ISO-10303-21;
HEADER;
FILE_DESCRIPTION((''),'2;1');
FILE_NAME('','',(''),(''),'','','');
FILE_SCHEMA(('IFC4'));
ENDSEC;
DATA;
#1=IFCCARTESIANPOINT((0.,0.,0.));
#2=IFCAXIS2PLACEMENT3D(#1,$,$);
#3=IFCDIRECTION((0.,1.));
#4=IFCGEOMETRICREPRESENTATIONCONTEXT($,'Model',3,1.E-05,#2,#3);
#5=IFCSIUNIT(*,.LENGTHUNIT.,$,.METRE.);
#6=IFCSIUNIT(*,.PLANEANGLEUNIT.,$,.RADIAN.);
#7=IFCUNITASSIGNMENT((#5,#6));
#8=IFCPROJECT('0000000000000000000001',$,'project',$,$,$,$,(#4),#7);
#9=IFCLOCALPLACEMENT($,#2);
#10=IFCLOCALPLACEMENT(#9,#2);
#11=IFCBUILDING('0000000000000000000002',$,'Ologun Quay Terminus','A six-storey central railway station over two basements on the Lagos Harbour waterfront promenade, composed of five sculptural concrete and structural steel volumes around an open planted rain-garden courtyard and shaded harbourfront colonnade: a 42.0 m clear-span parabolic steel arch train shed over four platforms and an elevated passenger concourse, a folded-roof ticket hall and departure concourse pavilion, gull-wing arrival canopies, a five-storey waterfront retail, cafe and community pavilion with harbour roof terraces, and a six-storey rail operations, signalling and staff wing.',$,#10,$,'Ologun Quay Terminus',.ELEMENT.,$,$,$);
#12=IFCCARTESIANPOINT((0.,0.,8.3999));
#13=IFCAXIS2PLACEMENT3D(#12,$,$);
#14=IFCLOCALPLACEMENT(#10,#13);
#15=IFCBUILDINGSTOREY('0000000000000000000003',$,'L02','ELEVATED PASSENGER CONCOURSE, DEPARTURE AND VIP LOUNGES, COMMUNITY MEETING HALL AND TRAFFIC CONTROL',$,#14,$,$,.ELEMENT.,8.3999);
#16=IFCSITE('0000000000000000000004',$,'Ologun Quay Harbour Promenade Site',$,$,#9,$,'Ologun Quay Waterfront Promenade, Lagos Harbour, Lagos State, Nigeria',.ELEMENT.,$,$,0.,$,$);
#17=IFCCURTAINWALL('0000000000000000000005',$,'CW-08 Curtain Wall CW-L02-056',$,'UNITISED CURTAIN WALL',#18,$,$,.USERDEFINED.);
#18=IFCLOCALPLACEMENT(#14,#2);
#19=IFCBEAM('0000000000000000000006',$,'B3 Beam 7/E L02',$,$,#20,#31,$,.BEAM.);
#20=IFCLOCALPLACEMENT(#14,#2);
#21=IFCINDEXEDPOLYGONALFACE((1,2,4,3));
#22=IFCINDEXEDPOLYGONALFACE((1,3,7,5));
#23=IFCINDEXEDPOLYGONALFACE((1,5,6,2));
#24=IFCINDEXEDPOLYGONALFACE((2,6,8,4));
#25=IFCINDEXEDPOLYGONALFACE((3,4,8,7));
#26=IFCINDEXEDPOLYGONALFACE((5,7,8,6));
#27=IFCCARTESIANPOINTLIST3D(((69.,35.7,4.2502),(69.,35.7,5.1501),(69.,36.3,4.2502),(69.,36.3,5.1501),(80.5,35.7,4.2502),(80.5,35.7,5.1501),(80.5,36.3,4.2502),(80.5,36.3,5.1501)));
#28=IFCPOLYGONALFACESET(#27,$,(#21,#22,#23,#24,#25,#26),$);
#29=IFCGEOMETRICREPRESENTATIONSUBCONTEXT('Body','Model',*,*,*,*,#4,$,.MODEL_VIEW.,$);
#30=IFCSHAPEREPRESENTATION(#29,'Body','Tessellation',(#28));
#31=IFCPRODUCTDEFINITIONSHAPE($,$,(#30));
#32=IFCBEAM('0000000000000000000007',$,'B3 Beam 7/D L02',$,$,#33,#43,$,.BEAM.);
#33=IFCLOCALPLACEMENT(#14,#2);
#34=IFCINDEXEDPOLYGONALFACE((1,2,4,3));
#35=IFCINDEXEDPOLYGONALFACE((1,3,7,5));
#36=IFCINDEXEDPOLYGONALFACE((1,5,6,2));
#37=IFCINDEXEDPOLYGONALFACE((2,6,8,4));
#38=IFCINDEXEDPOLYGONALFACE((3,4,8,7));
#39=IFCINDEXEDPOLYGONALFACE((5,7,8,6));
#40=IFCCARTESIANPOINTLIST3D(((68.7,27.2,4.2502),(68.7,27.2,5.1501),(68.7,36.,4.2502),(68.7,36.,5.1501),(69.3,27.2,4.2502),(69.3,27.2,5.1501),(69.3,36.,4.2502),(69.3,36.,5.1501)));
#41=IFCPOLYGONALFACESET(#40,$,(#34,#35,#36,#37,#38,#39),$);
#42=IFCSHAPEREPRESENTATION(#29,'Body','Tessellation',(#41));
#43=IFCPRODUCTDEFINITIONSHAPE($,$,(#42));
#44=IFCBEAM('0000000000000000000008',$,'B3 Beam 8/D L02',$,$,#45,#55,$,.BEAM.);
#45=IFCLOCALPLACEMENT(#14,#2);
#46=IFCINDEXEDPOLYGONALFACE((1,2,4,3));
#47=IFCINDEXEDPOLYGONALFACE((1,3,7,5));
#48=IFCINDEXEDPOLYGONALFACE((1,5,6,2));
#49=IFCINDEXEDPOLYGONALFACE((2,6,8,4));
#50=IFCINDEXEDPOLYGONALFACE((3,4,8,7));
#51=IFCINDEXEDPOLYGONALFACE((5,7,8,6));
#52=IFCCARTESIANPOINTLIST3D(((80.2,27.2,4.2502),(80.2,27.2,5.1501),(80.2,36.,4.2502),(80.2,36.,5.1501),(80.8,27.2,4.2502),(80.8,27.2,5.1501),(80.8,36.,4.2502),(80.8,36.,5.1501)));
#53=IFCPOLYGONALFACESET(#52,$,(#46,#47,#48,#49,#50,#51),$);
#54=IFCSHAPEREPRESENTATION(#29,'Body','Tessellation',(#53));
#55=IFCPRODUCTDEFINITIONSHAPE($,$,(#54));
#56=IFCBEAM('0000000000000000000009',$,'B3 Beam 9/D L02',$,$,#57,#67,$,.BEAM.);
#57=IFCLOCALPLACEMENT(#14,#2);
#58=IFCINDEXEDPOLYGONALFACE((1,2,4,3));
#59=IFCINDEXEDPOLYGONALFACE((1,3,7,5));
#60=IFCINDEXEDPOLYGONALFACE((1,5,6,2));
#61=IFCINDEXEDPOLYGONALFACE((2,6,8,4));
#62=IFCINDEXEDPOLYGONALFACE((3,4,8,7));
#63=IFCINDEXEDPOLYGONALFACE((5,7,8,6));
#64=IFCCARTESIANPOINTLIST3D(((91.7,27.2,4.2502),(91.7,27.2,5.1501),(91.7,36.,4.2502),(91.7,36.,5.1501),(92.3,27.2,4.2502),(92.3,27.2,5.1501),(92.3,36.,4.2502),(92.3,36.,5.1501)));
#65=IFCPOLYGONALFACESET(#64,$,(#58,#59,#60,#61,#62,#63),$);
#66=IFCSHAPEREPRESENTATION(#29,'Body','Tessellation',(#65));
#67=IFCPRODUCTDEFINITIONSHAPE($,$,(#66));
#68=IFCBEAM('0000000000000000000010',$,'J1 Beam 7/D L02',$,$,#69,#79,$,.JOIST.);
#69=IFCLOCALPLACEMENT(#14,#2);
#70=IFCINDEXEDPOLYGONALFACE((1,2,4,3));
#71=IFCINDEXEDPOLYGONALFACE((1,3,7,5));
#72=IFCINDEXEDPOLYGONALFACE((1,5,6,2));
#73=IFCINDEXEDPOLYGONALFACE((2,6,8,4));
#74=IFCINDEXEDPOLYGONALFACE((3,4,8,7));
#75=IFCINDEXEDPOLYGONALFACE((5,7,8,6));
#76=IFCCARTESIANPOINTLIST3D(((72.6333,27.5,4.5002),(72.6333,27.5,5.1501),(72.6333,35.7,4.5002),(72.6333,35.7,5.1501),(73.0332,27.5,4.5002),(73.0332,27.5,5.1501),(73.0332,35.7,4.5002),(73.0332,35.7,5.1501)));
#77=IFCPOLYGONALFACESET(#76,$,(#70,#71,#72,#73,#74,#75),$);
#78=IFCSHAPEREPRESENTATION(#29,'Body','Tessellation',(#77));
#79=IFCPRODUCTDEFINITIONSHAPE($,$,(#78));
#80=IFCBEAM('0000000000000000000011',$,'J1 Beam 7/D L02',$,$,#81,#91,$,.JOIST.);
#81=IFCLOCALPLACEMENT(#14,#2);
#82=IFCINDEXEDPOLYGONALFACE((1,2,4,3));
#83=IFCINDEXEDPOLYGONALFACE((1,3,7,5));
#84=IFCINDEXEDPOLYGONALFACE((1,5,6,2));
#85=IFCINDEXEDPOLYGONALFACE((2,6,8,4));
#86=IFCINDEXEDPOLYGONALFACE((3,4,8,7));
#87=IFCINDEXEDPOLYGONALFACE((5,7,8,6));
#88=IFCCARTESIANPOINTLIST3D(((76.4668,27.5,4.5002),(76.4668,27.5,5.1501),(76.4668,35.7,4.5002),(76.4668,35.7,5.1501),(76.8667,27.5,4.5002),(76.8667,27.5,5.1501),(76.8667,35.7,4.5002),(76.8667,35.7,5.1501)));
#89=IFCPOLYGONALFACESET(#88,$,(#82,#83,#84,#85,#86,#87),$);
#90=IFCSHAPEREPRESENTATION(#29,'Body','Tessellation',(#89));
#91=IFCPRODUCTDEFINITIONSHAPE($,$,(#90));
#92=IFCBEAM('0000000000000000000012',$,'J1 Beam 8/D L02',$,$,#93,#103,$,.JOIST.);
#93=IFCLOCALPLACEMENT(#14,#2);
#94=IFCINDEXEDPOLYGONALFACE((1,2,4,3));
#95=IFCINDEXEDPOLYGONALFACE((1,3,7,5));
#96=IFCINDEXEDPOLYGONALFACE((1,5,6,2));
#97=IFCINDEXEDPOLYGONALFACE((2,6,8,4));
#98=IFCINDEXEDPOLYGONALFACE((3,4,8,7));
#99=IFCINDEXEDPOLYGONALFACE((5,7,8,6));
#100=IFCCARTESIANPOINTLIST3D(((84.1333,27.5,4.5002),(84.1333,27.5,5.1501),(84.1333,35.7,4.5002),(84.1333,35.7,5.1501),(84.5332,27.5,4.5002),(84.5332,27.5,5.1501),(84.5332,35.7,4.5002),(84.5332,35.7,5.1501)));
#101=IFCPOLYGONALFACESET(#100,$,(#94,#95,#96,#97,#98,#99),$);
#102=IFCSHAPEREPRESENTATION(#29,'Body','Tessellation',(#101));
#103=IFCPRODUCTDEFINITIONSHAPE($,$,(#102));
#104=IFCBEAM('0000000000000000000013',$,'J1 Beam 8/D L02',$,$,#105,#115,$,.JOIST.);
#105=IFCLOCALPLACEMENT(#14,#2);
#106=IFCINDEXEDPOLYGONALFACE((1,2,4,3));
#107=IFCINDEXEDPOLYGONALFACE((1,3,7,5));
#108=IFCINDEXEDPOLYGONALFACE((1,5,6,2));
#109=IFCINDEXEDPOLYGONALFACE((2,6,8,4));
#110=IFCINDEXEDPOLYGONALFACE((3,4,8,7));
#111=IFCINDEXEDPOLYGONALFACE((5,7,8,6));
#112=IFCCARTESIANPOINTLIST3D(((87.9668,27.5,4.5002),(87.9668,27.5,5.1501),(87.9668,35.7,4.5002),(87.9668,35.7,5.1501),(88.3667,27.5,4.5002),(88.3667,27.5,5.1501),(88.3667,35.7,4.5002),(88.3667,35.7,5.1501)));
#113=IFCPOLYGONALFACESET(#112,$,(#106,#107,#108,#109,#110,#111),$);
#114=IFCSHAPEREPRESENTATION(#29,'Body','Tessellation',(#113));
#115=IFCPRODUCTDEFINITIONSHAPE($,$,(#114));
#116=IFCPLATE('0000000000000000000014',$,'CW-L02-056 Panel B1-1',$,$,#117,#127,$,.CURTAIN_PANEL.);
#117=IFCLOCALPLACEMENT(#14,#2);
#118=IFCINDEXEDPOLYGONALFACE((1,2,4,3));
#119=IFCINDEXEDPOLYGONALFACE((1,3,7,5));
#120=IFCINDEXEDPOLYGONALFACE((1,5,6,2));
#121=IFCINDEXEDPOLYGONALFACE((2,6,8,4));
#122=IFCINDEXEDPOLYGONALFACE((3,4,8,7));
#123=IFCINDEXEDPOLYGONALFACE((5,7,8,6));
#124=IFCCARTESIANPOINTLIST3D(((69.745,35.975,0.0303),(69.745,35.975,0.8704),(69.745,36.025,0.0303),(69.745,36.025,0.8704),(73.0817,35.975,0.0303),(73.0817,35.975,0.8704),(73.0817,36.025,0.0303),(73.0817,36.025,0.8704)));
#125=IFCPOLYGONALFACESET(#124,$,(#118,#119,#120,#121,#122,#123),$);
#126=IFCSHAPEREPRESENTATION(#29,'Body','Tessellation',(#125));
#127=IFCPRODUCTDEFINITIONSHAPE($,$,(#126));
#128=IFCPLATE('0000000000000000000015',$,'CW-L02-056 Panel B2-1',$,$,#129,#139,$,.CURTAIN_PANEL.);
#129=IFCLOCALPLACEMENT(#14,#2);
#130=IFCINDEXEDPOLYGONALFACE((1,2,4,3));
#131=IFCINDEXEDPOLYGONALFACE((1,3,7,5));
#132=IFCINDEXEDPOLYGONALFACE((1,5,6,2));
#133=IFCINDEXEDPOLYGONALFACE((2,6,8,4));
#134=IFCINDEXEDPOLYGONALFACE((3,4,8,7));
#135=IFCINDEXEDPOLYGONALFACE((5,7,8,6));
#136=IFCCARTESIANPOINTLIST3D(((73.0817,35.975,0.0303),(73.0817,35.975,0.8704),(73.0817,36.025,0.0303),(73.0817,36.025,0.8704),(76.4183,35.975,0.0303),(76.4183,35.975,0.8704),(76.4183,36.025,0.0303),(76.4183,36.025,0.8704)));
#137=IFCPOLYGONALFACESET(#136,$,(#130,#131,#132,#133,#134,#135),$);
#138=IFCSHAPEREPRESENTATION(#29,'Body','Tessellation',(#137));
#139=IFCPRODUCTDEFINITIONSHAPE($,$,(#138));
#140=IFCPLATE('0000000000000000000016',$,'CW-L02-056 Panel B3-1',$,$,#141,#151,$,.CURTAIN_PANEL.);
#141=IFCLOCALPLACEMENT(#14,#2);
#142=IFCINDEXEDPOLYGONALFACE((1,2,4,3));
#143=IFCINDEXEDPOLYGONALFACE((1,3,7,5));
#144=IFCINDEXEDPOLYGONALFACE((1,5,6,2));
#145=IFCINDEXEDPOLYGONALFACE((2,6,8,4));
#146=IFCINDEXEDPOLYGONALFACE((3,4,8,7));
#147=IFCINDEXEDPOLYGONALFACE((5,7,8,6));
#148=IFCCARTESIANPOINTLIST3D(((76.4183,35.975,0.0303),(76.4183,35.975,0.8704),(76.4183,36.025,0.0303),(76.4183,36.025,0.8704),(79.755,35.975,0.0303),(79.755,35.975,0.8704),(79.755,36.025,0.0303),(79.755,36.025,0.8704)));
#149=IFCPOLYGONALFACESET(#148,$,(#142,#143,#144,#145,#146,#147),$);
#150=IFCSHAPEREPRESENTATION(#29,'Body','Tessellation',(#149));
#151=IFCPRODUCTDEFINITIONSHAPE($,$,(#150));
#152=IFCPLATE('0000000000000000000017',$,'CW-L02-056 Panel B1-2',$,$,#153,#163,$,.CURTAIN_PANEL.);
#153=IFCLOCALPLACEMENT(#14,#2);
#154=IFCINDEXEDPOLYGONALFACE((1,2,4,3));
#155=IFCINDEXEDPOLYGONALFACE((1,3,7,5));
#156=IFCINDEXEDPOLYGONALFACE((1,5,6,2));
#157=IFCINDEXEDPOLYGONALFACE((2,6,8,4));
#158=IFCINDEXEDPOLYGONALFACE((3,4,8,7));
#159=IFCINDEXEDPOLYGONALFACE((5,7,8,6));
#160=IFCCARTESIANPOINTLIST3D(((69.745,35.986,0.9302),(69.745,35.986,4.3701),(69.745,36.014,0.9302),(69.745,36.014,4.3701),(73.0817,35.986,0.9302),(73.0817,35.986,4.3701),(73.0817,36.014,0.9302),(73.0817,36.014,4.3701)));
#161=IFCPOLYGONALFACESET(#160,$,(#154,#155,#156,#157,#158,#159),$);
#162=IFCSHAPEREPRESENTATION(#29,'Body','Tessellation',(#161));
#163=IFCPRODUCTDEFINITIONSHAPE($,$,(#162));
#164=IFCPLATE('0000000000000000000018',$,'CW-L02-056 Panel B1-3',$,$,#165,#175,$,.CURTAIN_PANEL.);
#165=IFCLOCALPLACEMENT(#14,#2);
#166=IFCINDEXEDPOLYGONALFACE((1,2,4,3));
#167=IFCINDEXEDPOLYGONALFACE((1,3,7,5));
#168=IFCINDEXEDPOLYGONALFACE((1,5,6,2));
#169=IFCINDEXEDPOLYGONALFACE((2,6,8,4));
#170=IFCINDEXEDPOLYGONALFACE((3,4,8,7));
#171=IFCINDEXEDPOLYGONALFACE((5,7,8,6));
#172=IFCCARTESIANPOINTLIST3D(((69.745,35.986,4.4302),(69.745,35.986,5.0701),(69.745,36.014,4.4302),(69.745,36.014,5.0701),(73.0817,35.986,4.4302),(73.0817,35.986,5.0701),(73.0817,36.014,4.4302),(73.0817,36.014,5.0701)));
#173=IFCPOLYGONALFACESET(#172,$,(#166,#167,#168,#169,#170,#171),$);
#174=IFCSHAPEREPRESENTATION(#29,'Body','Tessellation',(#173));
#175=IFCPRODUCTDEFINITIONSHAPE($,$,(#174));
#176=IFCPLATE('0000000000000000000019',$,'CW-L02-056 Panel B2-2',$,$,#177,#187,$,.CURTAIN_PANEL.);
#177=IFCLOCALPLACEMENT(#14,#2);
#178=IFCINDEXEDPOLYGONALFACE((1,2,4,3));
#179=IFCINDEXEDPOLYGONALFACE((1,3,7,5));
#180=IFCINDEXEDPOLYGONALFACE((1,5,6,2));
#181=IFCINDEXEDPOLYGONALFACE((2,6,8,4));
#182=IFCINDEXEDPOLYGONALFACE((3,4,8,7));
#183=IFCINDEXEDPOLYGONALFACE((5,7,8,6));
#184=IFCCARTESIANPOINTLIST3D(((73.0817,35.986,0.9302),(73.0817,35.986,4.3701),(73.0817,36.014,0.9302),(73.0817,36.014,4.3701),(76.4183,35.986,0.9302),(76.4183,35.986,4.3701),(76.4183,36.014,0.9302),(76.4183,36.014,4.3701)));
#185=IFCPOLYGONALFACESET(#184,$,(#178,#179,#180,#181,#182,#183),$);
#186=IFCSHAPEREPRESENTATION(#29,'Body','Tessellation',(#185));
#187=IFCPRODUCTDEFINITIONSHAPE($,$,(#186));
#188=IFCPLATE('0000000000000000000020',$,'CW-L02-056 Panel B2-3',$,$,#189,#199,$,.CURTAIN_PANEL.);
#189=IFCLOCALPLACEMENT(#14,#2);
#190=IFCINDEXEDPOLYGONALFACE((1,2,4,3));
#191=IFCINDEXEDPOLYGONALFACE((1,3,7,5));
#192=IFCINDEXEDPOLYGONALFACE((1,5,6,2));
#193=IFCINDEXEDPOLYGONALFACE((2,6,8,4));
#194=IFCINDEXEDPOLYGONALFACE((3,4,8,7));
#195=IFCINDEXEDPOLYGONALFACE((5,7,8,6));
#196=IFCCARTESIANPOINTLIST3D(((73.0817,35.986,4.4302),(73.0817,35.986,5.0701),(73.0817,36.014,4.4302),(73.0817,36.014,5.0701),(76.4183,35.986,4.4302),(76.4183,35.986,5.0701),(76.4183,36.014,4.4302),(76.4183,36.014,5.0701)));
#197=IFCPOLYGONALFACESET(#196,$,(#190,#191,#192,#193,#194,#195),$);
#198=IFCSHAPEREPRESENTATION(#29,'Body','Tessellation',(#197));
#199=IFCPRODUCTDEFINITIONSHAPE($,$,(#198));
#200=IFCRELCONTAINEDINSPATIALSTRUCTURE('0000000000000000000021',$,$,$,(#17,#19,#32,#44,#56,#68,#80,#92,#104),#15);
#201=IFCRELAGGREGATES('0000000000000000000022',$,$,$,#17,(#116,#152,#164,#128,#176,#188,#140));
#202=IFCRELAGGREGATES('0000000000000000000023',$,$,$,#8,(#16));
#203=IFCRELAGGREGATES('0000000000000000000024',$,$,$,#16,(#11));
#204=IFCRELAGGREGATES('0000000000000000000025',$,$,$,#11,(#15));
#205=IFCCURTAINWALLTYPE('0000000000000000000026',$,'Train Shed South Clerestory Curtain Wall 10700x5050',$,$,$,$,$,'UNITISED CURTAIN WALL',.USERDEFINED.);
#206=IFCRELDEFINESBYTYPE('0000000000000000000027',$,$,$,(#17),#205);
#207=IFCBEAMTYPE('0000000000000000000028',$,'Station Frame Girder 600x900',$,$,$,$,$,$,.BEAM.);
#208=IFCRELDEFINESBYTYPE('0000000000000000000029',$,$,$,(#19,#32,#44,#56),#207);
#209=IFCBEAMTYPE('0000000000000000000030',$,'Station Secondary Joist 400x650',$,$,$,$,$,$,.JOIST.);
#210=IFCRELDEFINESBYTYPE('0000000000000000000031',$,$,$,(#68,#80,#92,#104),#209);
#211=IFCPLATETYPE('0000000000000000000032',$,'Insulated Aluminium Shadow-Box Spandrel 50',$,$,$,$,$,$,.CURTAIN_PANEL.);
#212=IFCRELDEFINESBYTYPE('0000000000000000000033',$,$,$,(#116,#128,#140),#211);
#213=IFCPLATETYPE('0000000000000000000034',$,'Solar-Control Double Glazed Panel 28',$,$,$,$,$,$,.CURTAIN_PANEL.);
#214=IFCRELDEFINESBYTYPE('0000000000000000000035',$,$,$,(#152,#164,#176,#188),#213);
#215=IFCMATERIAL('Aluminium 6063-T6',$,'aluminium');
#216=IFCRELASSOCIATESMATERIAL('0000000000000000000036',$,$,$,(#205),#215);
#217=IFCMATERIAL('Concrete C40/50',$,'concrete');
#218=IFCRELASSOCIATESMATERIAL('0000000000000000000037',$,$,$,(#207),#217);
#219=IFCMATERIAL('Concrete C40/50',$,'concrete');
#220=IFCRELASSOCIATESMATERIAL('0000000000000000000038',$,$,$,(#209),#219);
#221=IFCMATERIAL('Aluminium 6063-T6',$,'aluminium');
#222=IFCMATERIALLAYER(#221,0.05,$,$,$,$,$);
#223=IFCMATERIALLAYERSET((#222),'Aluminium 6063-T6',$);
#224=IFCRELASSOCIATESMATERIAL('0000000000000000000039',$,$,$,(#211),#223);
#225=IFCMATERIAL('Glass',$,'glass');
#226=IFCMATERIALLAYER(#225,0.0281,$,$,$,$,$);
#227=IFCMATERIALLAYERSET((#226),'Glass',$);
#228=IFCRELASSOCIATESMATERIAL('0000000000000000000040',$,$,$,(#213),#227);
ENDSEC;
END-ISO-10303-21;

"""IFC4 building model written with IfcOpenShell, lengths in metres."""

from ifc_helpers import new_model, si_unit, direction, frame, origin, origin_2d, place, context, subcontext, project, spatial, rectangle, extrude, material, layer, layer_set, material_profile, profile_set, type_object, element, aggregate, save


model = new_model("IFC4")

# Units and contexts
model_context = context("Model", 3, precision=1e-05, world=origin(), true_north=direction((0.0, 1.0)))
body_context = subcontext(model_context, "Body", "Model", "MODEL_VIEW")
ifc_project = project(units=[si_unit("LENGTHUNIT", "METRE"), si_unit("PLANEANGLEUNIT", "RADIAN")], contexts=[model_context])

# Site, building, storey
site_placement = place(None, origin())
site = spatial("IfcSite", under=ifc_project, at=site_placement, Name="Ologun Quay Harbour Promenade Site", LongName="Ologun Quay Waterfront Promenade, Lagos Harbour, Lagos State, Nigeria", CompositionType="ELEMENT", RefElevation=0.0)
building_placement = place(site_placement, origin())
building = spatial("IfcBuilding", under=site, at=building_placement, Name="Ologun Quay Terminus", Description="A six-storey central railway station over two basements on the Lagos Harbour waterfront promenade, composed of five sculptural concrete and structural steel volumes around an open planted rain-garden courtyard and shaded harbourfront colonnade: a 42.0 m clear-span parabolic steel arch train shed over four platforms and an elevated passenger concourse, a folded-roof ticket hall and departure concourse pavilion, gull-wing arrival canopies, a five-storey waterfront retail, cafe and community pavilion with harbour roof terraces, and a six-storey rail operations, signalling and staff wing.", LongName="Ologun Quay Terminus", CompositionType="ELEMENT")
storey_placement = place(building_placement, frame((0.0, 0.0, 8.3999)))
storey = spatial("IfcBuildingStorey", under=building, at=storey_placement, Name="L02", Description="ELEVATED PASSENGER CONCOURSE, DEPARTURE AND VIP LOUNGES, COMMUNITY MEETING HALL AND TRAFFIC CONTROL", CompositionType="ELEMENT", Elevation=8.3999)

# Shared definitions
ifc_material_1 = material(Name="Aluminium 6063-T6", Category="aluminium")
curtain_wall_type = type_object("IfcCurtainWallType", Name="Train Shed South Clerestory Curtain Wall 10700x5050", ElementType="UNITISED CURTAIN WALL", PredefinedType="USERDEFINED", material=ifc_material_1)

# Curtain wall
curtain_wall_1_placement = place(storey_placement, origin())
curtain_wall_1 = element("IfcCurtainWall", 1, at=curtain_wall_1_placement, inside=storey, type_object=curtain_wall_type, Name="CW-08 Curtain Wall CW-L02-056", ObjectType="UNITISED CURTAIN WALL", PredefinedType="USERDEFINED")

# Beams
ifc_material_2 = material(Name="Concrete C40/50", Category="concrete")
ifc_material_profile_1 = material_profile(ifc_material_2, rectangle(XDim=0.6001, YDim=0.8999, at=origin_2d()), Name="RC 600x900")
ifc_profile_set_1 = profile_set([ifc_material_profile_1], Name="Concrete C40/50")
beam_type_1 = type_object("IfcBeamType", Name="Station Frame Girder 600x900", PredefinedType="BEAM", material=ifc_profile_set_1)
for number, where, z_axis, x_axis, name in (
    (2, (69.0, 36.0, 4.7002), (1.0, 0.0, 0.0), (0.0, 1.0, 0.0), "B3 Beam 7/E L02"),
):
    element("IfcBeam", number, at=place(storey_placement, frame(where, z_axis=z_axis, x_axis=x_axis)), inside=storey, type_object=beam_type_1, Name=name, PredefinedType="BEAM", context=body_context, shape_type="SweptSolid", body=[
        extrude(rectangle(XDim=0.6001, YDim=0.8999, at=origin_2d()), origin(), (0.0, 0.0, 1.0), 11.5),
    ])
for number, where, z_axis, x_axis, name in (
    (3, (69.0, 27.2, 4.7002), (0.0, 1.0, 0.0), (-1.0, 0.0, 0.0), "B3 Beam 7/D L02"),
    (4, (80.5, 27.2, 4.7002), (0.0, 1.0, 0.0), (-1.0, 0.0, 0.0), "B3 Beam 8/D L02"),
    (5, (92.0, 27.2, 4.7002), (0.0, 1.0, 0.0), (-1.0, 0.0, 0.0), "B3 Beam 9/D L02"),
):
    element("IfcBeam", number, at=place(storey_placement, frame(where, z_axis=z_axis, x_axis=x_axis)), inside=storey, type_object=beam_type_1, Name=name, PredefinedType="BEAM", context=body_context, shape_type="SweptSolid", body=[
        extrude(rectangle(XDim=0.6001, YDim=0.8999, at=origin_2d()), origin(), (0.0, 0.0, 1.0), 8.8),
    ])
ifc_material_3 = material(Name="Concrete C40/50", Category="concrete")
ifc_material_profile_2 = material_profile(ifc_material_3, rectangle(XDim=0.3999, YDim=0.6499, at=origin_2d()), Name="RC 400x650")
ifc_profile_set_2 = profile_set([ifc_material_profile_2], Name="Concrete C40/50")
beam_type_2 = type_object("IfcBeamType", Name="Station Secondary Joist 400x650", PredefinedType="JOIST", material=ifc_profile_set_2)
for number, where, z_axis, x_axis, name in (
    (6, (72.8333, 27.5, 4.8252), (0.0, 1.0, 0.0), (-1.0, 0.0, 0.0), "J1 Beam 7/D L02"),
    (7, (76.6667, 27.5, 4.8252), (0.0, 1.0, 0.0), (-1.0, 0.0, 0.0), "J1 Beam 7/D L02"),
    (8, (84.3333, 27.5, 4.8252), (0.0, 1.0, 0.0), (-1.0, 0.0, 0.0), "J1 Beam 8/D L02"),
    (9, (88.1667, 27.5, 4.8252), (0.0, 1.0, 0.0), (-1.0, 0.0, 0.0), "J1 Beam 8/D L02"),
):
    element("IfcBeam", number, at=place(storey_placement, frame(where, z_axis=z_axis, x_axis=x_axis)), inside=storey, type_object=beam_type_2, Name=name, PredefinedType="JOIST", context=body_context, shape_type="SweptSolid", body=[
        extrude(rectangle(XDim=0.3999, YDim=0.6499, at=origin_2d()), origin(), (0.0, 0.0, 1.0), 8.2),
    ])

# Plates
ifc_material_4 = material(Name="Aluminium 6063-T6", Category="aluminium")
ifc_layer_1 = layer(ifc_material_4, 0.05)
ifc_layer_set_1 = layer_set([ifc_layer_1], Name="Aluminium 6063-T6")
plate_type_1 = type_object("IfcPlateType", Name="Insulated Aluminium Shadow-Box Spandrel 50", PredefinedType="CURTAIN_PANEL", material=ifc_layer_set_1)
plate_1_placement = place(storey_placement, frame((71.4133, 36.0, 0.0303), z_axis=(0.0, 0.0, 1.0), x_axis=(1.0, 0.0, 0.0)))
plate_1 = element("IfcPlate", 10, at=plate_1_placement, type_object=plate_type_1, Name="CW-L02-056 Panel B1-1", PredefinedType="CURTAIN_PANEL", context=body_context, shape_type="SweptSolid", body=[
    extrude(rectangle(XDim=3.3367, YDim=0.05, at=origin_2d()), origin(), (0.0, 0.0, 1.0), 0.8401),
])
plate_2_placement = place(storey_placement, frame((74.75, 36.0, 0.0303), z_axis=(0.0, 0.0, 1.0), x_axis=(1.0, 0.0, 0.0)))
plate_2 = element("IfcPlate", 11, at=plate_2_placement, type_object=plate_type_1, Name="CW-L02-056 Panel B2-1", PredefinedType="CURTAIN_PANEL", context=body_context, shape_type="SweptSolid", body=[
    extrude(rectangle(XDim=3.3367, YDim=0.05, at=origin_2d()), origin(), (0.0, 0.0, 1.0), 0.8401),
])
plate_3_placement = place(storey_placement, frame((78.0867, 36.0, 0.0303), z_axis=(0.0, 0.0, 1.0), x_axis=(1.0, 0.0, 0.0)))
plate_3 = element("IfcPlate", 12, at=plate_3_placement, type_object=plate_type_1, Name="CW-L02-056 Panel B3-1", PredefinedType="CURTAIN_PANEL", context=body_context, shape_type="SweptSolid", body=[
    extrude(rectangle(XDim=3.3367, YDim=0.05, at=origin_2d()), origin(), (0.0, 0.0, 1.0), 0.8401),
])
ifc_material_5 = material(Name="Glass", Category="glass")
ifc_layer_2 = layer(ifc_material_5, 0.0281)
ifc_layer_set_2 = layer_set([ifc_layer_2], Name="Glass")
plate_type_2 = type_object("IfcPlateType", Name="Solar-Control Double Glazed Panel 28", PredefinedType="CURTAIN_PANEL", material=ifc_layer_set_2)
plate_4_placement = place(storey_placement, frame((71.4133, 36.0, 0.9302), z_axis=(0.0, 0.0, 1.0), x_axis=(1.0, 0.0, 0.0)))
plate_4 = element("IfcPlate", 13, at=plate_4_placement, type_object=plate_type_2, Name="CW-L02-056 Panel B1-2", PredefinedType="CURTAIN_PANEL", context=body_context, shape_type="SweptSolid", body=[
    extrude(rectangle(XDim=3.3367, YDim=0.0281, at=origin_2d()), origin(), (0.0, 0.0, 1.0), 3.4399),
])
plate_5_placement = place(storey_placement, frame((71.4133, 36.0, 4.4302), z_axis=(0.0, 0.0, 1.0), x_axis=(1.0, 0.0, 0.0)))
plate_5 = element("IfcPlate", 14, at=plate_5_placement, type_object=plate_type_2, Name="CW-L02-056 Panel B1-3", PredefinedType="CURTAIN_PANEL", context=body_context, shape_type="SweptSolid", body=[
    extrude(rectangle(XDim=3.3367, YDim=0.0281, at=origin_2d()), origin(), (0.0, 0.0, 1.0), 0.6399),
])
plate_6_placement = place(storey_placement, frame((74.75, 36.0, 0.9302), z_axis=(0.0, 0.0, 1.0), x_axis=(1.0, 0.0, 0.0)))
plate_6 = element("IfcPlate", 15, at=plate_6_placement, type_object=plate_type_2, Name="CW-L02-056 Panel B2-2", PredefinedType="CURTAIN_PANEL", context=body_context, shape_type="SweptSolid", body=[
    extrude(rectangle(XDim=3.3367, YDim=0.0281, at=origin_2d()), origin(), (0.0, 0.0, 1.0), 3.4399),
])
plate_7_placement = place(storey_placement, frame((74.75, 36.0, 4.4302), z_axis=(0.0, 0.0, 1.0), x_axis=(1.0, 0.0, 0.0)))
plate_7 = element("IfcPlate", 16, at=plate_7_placement, type_object=plate_type_2, Name="CW-L02-056 Panel B2-3", PredefinedType="CURTAIN_PANEL", context=body_context, shape_type="SweptSolid", body=[
    extrude(rectangle(XDim=3.3367, YDim=0.0281, at=origin_2d()), origin(), (0.0, 0.0, 1.0), 0.6399),
])
aggregate(curtain_wall_1, [plate_1, plate_4, plate_5, plate_2, plate_6, plate_7, plate_3])

save(model, "model.ifc")
